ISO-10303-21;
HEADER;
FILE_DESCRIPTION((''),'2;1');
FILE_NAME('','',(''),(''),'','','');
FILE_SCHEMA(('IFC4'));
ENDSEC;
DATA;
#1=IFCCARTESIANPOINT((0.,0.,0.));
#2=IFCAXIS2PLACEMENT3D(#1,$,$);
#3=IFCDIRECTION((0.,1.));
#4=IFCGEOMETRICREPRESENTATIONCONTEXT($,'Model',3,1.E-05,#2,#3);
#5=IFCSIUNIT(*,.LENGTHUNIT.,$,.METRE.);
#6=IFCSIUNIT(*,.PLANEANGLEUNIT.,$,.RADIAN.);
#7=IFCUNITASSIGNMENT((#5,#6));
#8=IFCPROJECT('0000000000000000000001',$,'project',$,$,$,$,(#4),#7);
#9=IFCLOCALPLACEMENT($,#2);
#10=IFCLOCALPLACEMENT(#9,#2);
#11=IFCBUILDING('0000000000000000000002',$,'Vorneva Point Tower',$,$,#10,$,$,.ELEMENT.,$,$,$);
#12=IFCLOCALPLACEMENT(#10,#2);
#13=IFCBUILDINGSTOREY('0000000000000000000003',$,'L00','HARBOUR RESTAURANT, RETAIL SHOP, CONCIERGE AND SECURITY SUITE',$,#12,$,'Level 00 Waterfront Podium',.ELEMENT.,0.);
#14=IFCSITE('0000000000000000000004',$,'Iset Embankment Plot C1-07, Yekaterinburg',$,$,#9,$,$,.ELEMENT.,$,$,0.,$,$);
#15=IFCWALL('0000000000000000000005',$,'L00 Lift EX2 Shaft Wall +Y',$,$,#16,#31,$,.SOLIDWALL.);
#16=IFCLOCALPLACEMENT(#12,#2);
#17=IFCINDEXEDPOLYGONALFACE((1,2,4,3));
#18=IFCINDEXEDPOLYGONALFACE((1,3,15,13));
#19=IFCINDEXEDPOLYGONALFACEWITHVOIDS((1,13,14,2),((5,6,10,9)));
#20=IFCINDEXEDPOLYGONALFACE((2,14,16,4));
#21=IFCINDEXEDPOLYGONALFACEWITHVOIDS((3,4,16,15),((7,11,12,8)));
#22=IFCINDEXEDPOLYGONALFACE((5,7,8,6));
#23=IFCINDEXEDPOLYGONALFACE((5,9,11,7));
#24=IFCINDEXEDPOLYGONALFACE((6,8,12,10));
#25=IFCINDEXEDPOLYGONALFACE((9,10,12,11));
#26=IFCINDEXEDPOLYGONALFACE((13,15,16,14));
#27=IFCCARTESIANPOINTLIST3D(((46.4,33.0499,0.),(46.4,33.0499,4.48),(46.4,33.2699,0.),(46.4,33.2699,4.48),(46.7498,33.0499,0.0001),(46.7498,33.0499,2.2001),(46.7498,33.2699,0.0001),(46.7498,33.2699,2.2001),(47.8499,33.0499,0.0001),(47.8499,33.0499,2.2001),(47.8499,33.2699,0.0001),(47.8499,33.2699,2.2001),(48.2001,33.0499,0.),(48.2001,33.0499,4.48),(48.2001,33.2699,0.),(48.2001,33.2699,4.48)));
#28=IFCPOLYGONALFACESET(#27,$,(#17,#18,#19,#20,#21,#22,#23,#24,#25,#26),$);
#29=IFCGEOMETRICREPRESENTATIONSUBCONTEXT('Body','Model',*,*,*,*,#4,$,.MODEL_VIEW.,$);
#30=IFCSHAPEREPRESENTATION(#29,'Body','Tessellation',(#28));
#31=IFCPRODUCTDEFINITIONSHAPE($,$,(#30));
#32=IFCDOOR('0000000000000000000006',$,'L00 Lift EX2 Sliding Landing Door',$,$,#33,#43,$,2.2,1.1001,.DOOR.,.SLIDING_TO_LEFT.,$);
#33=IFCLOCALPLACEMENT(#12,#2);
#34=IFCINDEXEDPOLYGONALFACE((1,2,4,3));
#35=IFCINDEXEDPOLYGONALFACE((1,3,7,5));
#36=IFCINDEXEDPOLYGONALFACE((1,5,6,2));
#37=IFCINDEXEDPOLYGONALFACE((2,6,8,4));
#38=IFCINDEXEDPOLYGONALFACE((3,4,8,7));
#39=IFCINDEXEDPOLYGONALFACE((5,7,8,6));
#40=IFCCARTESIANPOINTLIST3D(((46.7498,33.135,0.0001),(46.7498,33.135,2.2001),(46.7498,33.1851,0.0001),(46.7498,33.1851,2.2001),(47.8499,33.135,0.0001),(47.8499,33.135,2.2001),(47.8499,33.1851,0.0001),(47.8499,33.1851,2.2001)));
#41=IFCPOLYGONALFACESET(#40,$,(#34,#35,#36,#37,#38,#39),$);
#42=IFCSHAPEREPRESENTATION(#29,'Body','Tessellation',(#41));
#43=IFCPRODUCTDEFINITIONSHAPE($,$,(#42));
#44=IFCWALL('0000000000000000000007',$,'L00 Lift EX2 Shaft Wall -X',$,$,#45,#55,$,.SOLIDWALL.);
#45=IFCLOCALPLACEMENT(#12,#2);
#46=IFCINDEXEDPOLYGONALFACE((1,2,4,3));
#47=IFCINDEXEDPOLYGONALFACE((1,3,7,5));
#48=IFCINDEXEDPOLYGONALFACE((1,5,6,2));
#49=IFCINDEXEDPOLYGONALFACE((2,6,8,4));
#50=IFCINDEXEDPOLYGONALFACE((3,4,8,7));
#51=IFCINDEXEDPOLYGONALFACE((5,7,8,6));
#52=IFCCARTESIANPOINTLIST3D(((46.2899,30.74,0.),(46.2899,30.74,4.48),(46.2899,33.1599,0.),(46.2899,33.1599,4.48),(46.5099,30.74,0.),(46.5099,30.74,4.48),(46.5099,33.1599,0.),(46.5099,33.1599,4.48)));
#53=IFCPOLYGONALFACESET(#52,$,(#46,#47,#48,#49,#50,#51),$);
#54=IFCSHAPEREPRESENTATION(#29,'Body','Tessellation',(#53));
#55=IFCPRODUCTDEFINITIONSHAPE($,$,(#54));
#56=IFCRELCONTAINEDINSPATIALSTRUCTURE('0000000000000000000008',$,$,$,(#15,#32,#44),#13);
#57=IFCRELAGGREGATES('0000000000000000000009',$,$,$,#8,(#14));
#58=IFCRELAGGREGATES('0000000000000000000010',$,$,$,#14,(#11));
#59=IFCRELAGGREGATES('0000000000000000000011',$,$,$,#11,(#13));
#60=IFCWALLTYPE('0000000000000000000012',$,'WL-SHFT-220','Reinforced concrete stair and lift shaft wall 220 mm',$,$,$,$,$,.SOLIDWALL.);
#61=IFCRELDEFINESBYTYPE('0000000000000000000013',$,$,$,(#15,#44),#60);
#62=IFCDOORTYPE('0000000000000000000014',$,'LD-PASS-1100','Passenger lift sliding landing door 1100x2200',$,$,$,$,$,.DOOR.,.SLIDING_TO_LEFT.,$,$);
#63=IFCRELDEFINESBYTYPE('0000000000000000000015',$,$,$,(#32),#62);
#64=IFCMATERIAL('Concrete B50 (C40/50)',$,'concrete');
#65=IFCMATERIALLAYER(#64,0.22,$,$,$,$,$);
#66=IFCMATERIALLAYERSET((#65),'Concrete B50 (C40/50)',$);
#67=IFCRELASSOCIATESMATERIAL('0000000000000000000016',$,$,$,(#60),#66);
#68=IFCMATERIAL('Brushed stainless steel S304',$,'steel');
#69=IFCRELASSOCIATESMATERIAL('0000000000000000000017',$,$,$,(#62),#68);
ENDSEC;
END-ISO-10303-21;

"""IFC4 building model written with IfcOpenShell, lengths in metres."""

from ifc_helpers import new_model, si_unit, direction, frame, frame_2d, origin, place, context, subcontext, project, spatial, rectangle, extrude, material, layer, layer_set, type_object, element, fill, save


model = new_model("IFC4")

# Units and contexts
model_context = context("Model", 3, precision=1e-05, world=origin(), true_north=direction((0.0, 1.0)))
body_context = subcontext(model_context, "Body", "Model", "MODEL_VIEW")
ifc_project = project(units=[si_unit("LENGTHUNIT", "METRE"), si_unit("PLANEANGLEUNIT", "RADIAN")], contexts=[model_context])

# Site, building, storey
site_placement = place(None, origin())
site = spatial("IfcSite", under=ifc_project, at=site_placement, Name="Iset Embankment Plot C1-07, Yekaterinburg", CompositionType="ELEMENT", RefElevation=0.0)
building_placement = place(site_placement, origin())
building = spatial("IfcBuilding", under=site, at=building_placement, Name="Vorneva Point Tower", CompositionType="ELEMENT")
storey_placement = place(building_placement, origin())
storey = spatial("IfcBuildingStorey", under=building, at=storey_placement, Name="L00", Description="HARBOUR RESTAURANT, RETAIL SHOP, CONCIERGE AND SECURITY SUITE", LongName="Level 00 Waterfront Podium", CompositionType="ELEMENT", Elevation=0.0)

# Wall, opening, door
ifc_material_1 = material(Name="Concrete B50 (C40/50)", Category="concrete")
ifc_layer_1 = layer(ifc_material_1, 0.22)
ifc_layer_set_1 = layer_set([ifc_layer_1], Name="Concrete B50 (C40/50)")
wall_type_1 = type_object("IfcWallType", Name="WL-SHFT-220", Description="Reinforced concrete stair and lift shaft wall 220 mm", PredefinedType="SOLIDWALL", material=ifc_layer_set_1)
wall_1_placement = place(storey_placement, frame((48.2, 33.1599, 0.0), z_axis=(0.0, 0.0, 1.0), x_axis=(-1.0, 0.0, 0.0)))
wall_1 = element("IfcWall", 1, at=wall_1_placement, inside=storey, type_object=wall_type_1, Name="L00 Lift EX2 Shaft Wall +Y", PredefinedType="SOLIDWALL", context=body_context, shape_type="SweptSolid", body=[
    extrude(rectangle(XDim=1.8, YDim=0.22, at=frame_2d((0.8999, 0.0))), origin(), (0.0, 0.0, 1.0), 4.48),
])
opening_1_placement = place(wall_1_placement, frame((0.3501, 0.0, 0.0)))
opening_1 = element("IfcOpeningElement", 2, at=opening_1_placement, cuts=wall_1, PredefinedType="OPENING", context=body_context, shape_type="SweptSolid", body=[
    extrude(rectangle(XDim=1.1001, YDim=2.2, at=frame_2d((0.55, 1.1001))), frame((0.0, 0.125, 0.0), z_axis=(0.0, -1.0, 0.0), x_axis=(1.0, 0.0, 0.0)), (0.0, 0.0, 1.0), 0.2498),
])
ifc_material_2 = material(Name="Brushed stainless steel S304", Category="steel")
door_type_1 = type_object("IfcDoorType", Name="LD-PASS-1100", Description="Passenger lift sliding landing door 1100x2200", OperationType="SLIDING_TO_LEFT", PredefinedType="DOOR", material=ifc_material_2)
door_1_placement = place(opening_1_placement, origin())
door_1 = element("IfcDoor", 3, at=door_1_placement, inside=storey, type_object=door_type_1, Name="L00 Lift EX2 Sliding Landing Door", OperationType="SLIDING_TO_LEFT", OverallHeight=2.2, OverallWidth=1.1001, PredefinedType="DOOR", context=body_context, shape_type="SweptSolid", body=[
    extrude(rectangle(XDim=1.1001, YDim=2.2, at=frame_2d((0.55, 1.1001))), frame((0.0, 0.0249, 0.0), z_axis=(0.0, -1.0, 0.0), x_axis=(1.0, 0.0, 0.0)), (0.0, 0.0, 1.0), 0.05),
])
fill(opening_1, door_1)

# Wall
wall_2_placement = place(storey_placement, frame((46.3999, 33.1599, 0.0), z_axis=(0.0, 0.0, 1.0), x_axis=(0.0, -1.0, 0.0)))
element("IfcWall", 4, at=wall_2_placement, inside=storey, type_object=wall_type_1, Name="L00 Lift EX2 Shaft Wall -X", PredefinedType="SOLIDWALL", context=body_context, shape_type="SweptSolid", body=[
    extrude(rectangle(XDim=2.4199, YDim=0.22, at=frame_2d((1.21, 0.0))), origin(), (0.0, 0.0, 1.0), 4.48),
])

save(model, "model.ifc")
